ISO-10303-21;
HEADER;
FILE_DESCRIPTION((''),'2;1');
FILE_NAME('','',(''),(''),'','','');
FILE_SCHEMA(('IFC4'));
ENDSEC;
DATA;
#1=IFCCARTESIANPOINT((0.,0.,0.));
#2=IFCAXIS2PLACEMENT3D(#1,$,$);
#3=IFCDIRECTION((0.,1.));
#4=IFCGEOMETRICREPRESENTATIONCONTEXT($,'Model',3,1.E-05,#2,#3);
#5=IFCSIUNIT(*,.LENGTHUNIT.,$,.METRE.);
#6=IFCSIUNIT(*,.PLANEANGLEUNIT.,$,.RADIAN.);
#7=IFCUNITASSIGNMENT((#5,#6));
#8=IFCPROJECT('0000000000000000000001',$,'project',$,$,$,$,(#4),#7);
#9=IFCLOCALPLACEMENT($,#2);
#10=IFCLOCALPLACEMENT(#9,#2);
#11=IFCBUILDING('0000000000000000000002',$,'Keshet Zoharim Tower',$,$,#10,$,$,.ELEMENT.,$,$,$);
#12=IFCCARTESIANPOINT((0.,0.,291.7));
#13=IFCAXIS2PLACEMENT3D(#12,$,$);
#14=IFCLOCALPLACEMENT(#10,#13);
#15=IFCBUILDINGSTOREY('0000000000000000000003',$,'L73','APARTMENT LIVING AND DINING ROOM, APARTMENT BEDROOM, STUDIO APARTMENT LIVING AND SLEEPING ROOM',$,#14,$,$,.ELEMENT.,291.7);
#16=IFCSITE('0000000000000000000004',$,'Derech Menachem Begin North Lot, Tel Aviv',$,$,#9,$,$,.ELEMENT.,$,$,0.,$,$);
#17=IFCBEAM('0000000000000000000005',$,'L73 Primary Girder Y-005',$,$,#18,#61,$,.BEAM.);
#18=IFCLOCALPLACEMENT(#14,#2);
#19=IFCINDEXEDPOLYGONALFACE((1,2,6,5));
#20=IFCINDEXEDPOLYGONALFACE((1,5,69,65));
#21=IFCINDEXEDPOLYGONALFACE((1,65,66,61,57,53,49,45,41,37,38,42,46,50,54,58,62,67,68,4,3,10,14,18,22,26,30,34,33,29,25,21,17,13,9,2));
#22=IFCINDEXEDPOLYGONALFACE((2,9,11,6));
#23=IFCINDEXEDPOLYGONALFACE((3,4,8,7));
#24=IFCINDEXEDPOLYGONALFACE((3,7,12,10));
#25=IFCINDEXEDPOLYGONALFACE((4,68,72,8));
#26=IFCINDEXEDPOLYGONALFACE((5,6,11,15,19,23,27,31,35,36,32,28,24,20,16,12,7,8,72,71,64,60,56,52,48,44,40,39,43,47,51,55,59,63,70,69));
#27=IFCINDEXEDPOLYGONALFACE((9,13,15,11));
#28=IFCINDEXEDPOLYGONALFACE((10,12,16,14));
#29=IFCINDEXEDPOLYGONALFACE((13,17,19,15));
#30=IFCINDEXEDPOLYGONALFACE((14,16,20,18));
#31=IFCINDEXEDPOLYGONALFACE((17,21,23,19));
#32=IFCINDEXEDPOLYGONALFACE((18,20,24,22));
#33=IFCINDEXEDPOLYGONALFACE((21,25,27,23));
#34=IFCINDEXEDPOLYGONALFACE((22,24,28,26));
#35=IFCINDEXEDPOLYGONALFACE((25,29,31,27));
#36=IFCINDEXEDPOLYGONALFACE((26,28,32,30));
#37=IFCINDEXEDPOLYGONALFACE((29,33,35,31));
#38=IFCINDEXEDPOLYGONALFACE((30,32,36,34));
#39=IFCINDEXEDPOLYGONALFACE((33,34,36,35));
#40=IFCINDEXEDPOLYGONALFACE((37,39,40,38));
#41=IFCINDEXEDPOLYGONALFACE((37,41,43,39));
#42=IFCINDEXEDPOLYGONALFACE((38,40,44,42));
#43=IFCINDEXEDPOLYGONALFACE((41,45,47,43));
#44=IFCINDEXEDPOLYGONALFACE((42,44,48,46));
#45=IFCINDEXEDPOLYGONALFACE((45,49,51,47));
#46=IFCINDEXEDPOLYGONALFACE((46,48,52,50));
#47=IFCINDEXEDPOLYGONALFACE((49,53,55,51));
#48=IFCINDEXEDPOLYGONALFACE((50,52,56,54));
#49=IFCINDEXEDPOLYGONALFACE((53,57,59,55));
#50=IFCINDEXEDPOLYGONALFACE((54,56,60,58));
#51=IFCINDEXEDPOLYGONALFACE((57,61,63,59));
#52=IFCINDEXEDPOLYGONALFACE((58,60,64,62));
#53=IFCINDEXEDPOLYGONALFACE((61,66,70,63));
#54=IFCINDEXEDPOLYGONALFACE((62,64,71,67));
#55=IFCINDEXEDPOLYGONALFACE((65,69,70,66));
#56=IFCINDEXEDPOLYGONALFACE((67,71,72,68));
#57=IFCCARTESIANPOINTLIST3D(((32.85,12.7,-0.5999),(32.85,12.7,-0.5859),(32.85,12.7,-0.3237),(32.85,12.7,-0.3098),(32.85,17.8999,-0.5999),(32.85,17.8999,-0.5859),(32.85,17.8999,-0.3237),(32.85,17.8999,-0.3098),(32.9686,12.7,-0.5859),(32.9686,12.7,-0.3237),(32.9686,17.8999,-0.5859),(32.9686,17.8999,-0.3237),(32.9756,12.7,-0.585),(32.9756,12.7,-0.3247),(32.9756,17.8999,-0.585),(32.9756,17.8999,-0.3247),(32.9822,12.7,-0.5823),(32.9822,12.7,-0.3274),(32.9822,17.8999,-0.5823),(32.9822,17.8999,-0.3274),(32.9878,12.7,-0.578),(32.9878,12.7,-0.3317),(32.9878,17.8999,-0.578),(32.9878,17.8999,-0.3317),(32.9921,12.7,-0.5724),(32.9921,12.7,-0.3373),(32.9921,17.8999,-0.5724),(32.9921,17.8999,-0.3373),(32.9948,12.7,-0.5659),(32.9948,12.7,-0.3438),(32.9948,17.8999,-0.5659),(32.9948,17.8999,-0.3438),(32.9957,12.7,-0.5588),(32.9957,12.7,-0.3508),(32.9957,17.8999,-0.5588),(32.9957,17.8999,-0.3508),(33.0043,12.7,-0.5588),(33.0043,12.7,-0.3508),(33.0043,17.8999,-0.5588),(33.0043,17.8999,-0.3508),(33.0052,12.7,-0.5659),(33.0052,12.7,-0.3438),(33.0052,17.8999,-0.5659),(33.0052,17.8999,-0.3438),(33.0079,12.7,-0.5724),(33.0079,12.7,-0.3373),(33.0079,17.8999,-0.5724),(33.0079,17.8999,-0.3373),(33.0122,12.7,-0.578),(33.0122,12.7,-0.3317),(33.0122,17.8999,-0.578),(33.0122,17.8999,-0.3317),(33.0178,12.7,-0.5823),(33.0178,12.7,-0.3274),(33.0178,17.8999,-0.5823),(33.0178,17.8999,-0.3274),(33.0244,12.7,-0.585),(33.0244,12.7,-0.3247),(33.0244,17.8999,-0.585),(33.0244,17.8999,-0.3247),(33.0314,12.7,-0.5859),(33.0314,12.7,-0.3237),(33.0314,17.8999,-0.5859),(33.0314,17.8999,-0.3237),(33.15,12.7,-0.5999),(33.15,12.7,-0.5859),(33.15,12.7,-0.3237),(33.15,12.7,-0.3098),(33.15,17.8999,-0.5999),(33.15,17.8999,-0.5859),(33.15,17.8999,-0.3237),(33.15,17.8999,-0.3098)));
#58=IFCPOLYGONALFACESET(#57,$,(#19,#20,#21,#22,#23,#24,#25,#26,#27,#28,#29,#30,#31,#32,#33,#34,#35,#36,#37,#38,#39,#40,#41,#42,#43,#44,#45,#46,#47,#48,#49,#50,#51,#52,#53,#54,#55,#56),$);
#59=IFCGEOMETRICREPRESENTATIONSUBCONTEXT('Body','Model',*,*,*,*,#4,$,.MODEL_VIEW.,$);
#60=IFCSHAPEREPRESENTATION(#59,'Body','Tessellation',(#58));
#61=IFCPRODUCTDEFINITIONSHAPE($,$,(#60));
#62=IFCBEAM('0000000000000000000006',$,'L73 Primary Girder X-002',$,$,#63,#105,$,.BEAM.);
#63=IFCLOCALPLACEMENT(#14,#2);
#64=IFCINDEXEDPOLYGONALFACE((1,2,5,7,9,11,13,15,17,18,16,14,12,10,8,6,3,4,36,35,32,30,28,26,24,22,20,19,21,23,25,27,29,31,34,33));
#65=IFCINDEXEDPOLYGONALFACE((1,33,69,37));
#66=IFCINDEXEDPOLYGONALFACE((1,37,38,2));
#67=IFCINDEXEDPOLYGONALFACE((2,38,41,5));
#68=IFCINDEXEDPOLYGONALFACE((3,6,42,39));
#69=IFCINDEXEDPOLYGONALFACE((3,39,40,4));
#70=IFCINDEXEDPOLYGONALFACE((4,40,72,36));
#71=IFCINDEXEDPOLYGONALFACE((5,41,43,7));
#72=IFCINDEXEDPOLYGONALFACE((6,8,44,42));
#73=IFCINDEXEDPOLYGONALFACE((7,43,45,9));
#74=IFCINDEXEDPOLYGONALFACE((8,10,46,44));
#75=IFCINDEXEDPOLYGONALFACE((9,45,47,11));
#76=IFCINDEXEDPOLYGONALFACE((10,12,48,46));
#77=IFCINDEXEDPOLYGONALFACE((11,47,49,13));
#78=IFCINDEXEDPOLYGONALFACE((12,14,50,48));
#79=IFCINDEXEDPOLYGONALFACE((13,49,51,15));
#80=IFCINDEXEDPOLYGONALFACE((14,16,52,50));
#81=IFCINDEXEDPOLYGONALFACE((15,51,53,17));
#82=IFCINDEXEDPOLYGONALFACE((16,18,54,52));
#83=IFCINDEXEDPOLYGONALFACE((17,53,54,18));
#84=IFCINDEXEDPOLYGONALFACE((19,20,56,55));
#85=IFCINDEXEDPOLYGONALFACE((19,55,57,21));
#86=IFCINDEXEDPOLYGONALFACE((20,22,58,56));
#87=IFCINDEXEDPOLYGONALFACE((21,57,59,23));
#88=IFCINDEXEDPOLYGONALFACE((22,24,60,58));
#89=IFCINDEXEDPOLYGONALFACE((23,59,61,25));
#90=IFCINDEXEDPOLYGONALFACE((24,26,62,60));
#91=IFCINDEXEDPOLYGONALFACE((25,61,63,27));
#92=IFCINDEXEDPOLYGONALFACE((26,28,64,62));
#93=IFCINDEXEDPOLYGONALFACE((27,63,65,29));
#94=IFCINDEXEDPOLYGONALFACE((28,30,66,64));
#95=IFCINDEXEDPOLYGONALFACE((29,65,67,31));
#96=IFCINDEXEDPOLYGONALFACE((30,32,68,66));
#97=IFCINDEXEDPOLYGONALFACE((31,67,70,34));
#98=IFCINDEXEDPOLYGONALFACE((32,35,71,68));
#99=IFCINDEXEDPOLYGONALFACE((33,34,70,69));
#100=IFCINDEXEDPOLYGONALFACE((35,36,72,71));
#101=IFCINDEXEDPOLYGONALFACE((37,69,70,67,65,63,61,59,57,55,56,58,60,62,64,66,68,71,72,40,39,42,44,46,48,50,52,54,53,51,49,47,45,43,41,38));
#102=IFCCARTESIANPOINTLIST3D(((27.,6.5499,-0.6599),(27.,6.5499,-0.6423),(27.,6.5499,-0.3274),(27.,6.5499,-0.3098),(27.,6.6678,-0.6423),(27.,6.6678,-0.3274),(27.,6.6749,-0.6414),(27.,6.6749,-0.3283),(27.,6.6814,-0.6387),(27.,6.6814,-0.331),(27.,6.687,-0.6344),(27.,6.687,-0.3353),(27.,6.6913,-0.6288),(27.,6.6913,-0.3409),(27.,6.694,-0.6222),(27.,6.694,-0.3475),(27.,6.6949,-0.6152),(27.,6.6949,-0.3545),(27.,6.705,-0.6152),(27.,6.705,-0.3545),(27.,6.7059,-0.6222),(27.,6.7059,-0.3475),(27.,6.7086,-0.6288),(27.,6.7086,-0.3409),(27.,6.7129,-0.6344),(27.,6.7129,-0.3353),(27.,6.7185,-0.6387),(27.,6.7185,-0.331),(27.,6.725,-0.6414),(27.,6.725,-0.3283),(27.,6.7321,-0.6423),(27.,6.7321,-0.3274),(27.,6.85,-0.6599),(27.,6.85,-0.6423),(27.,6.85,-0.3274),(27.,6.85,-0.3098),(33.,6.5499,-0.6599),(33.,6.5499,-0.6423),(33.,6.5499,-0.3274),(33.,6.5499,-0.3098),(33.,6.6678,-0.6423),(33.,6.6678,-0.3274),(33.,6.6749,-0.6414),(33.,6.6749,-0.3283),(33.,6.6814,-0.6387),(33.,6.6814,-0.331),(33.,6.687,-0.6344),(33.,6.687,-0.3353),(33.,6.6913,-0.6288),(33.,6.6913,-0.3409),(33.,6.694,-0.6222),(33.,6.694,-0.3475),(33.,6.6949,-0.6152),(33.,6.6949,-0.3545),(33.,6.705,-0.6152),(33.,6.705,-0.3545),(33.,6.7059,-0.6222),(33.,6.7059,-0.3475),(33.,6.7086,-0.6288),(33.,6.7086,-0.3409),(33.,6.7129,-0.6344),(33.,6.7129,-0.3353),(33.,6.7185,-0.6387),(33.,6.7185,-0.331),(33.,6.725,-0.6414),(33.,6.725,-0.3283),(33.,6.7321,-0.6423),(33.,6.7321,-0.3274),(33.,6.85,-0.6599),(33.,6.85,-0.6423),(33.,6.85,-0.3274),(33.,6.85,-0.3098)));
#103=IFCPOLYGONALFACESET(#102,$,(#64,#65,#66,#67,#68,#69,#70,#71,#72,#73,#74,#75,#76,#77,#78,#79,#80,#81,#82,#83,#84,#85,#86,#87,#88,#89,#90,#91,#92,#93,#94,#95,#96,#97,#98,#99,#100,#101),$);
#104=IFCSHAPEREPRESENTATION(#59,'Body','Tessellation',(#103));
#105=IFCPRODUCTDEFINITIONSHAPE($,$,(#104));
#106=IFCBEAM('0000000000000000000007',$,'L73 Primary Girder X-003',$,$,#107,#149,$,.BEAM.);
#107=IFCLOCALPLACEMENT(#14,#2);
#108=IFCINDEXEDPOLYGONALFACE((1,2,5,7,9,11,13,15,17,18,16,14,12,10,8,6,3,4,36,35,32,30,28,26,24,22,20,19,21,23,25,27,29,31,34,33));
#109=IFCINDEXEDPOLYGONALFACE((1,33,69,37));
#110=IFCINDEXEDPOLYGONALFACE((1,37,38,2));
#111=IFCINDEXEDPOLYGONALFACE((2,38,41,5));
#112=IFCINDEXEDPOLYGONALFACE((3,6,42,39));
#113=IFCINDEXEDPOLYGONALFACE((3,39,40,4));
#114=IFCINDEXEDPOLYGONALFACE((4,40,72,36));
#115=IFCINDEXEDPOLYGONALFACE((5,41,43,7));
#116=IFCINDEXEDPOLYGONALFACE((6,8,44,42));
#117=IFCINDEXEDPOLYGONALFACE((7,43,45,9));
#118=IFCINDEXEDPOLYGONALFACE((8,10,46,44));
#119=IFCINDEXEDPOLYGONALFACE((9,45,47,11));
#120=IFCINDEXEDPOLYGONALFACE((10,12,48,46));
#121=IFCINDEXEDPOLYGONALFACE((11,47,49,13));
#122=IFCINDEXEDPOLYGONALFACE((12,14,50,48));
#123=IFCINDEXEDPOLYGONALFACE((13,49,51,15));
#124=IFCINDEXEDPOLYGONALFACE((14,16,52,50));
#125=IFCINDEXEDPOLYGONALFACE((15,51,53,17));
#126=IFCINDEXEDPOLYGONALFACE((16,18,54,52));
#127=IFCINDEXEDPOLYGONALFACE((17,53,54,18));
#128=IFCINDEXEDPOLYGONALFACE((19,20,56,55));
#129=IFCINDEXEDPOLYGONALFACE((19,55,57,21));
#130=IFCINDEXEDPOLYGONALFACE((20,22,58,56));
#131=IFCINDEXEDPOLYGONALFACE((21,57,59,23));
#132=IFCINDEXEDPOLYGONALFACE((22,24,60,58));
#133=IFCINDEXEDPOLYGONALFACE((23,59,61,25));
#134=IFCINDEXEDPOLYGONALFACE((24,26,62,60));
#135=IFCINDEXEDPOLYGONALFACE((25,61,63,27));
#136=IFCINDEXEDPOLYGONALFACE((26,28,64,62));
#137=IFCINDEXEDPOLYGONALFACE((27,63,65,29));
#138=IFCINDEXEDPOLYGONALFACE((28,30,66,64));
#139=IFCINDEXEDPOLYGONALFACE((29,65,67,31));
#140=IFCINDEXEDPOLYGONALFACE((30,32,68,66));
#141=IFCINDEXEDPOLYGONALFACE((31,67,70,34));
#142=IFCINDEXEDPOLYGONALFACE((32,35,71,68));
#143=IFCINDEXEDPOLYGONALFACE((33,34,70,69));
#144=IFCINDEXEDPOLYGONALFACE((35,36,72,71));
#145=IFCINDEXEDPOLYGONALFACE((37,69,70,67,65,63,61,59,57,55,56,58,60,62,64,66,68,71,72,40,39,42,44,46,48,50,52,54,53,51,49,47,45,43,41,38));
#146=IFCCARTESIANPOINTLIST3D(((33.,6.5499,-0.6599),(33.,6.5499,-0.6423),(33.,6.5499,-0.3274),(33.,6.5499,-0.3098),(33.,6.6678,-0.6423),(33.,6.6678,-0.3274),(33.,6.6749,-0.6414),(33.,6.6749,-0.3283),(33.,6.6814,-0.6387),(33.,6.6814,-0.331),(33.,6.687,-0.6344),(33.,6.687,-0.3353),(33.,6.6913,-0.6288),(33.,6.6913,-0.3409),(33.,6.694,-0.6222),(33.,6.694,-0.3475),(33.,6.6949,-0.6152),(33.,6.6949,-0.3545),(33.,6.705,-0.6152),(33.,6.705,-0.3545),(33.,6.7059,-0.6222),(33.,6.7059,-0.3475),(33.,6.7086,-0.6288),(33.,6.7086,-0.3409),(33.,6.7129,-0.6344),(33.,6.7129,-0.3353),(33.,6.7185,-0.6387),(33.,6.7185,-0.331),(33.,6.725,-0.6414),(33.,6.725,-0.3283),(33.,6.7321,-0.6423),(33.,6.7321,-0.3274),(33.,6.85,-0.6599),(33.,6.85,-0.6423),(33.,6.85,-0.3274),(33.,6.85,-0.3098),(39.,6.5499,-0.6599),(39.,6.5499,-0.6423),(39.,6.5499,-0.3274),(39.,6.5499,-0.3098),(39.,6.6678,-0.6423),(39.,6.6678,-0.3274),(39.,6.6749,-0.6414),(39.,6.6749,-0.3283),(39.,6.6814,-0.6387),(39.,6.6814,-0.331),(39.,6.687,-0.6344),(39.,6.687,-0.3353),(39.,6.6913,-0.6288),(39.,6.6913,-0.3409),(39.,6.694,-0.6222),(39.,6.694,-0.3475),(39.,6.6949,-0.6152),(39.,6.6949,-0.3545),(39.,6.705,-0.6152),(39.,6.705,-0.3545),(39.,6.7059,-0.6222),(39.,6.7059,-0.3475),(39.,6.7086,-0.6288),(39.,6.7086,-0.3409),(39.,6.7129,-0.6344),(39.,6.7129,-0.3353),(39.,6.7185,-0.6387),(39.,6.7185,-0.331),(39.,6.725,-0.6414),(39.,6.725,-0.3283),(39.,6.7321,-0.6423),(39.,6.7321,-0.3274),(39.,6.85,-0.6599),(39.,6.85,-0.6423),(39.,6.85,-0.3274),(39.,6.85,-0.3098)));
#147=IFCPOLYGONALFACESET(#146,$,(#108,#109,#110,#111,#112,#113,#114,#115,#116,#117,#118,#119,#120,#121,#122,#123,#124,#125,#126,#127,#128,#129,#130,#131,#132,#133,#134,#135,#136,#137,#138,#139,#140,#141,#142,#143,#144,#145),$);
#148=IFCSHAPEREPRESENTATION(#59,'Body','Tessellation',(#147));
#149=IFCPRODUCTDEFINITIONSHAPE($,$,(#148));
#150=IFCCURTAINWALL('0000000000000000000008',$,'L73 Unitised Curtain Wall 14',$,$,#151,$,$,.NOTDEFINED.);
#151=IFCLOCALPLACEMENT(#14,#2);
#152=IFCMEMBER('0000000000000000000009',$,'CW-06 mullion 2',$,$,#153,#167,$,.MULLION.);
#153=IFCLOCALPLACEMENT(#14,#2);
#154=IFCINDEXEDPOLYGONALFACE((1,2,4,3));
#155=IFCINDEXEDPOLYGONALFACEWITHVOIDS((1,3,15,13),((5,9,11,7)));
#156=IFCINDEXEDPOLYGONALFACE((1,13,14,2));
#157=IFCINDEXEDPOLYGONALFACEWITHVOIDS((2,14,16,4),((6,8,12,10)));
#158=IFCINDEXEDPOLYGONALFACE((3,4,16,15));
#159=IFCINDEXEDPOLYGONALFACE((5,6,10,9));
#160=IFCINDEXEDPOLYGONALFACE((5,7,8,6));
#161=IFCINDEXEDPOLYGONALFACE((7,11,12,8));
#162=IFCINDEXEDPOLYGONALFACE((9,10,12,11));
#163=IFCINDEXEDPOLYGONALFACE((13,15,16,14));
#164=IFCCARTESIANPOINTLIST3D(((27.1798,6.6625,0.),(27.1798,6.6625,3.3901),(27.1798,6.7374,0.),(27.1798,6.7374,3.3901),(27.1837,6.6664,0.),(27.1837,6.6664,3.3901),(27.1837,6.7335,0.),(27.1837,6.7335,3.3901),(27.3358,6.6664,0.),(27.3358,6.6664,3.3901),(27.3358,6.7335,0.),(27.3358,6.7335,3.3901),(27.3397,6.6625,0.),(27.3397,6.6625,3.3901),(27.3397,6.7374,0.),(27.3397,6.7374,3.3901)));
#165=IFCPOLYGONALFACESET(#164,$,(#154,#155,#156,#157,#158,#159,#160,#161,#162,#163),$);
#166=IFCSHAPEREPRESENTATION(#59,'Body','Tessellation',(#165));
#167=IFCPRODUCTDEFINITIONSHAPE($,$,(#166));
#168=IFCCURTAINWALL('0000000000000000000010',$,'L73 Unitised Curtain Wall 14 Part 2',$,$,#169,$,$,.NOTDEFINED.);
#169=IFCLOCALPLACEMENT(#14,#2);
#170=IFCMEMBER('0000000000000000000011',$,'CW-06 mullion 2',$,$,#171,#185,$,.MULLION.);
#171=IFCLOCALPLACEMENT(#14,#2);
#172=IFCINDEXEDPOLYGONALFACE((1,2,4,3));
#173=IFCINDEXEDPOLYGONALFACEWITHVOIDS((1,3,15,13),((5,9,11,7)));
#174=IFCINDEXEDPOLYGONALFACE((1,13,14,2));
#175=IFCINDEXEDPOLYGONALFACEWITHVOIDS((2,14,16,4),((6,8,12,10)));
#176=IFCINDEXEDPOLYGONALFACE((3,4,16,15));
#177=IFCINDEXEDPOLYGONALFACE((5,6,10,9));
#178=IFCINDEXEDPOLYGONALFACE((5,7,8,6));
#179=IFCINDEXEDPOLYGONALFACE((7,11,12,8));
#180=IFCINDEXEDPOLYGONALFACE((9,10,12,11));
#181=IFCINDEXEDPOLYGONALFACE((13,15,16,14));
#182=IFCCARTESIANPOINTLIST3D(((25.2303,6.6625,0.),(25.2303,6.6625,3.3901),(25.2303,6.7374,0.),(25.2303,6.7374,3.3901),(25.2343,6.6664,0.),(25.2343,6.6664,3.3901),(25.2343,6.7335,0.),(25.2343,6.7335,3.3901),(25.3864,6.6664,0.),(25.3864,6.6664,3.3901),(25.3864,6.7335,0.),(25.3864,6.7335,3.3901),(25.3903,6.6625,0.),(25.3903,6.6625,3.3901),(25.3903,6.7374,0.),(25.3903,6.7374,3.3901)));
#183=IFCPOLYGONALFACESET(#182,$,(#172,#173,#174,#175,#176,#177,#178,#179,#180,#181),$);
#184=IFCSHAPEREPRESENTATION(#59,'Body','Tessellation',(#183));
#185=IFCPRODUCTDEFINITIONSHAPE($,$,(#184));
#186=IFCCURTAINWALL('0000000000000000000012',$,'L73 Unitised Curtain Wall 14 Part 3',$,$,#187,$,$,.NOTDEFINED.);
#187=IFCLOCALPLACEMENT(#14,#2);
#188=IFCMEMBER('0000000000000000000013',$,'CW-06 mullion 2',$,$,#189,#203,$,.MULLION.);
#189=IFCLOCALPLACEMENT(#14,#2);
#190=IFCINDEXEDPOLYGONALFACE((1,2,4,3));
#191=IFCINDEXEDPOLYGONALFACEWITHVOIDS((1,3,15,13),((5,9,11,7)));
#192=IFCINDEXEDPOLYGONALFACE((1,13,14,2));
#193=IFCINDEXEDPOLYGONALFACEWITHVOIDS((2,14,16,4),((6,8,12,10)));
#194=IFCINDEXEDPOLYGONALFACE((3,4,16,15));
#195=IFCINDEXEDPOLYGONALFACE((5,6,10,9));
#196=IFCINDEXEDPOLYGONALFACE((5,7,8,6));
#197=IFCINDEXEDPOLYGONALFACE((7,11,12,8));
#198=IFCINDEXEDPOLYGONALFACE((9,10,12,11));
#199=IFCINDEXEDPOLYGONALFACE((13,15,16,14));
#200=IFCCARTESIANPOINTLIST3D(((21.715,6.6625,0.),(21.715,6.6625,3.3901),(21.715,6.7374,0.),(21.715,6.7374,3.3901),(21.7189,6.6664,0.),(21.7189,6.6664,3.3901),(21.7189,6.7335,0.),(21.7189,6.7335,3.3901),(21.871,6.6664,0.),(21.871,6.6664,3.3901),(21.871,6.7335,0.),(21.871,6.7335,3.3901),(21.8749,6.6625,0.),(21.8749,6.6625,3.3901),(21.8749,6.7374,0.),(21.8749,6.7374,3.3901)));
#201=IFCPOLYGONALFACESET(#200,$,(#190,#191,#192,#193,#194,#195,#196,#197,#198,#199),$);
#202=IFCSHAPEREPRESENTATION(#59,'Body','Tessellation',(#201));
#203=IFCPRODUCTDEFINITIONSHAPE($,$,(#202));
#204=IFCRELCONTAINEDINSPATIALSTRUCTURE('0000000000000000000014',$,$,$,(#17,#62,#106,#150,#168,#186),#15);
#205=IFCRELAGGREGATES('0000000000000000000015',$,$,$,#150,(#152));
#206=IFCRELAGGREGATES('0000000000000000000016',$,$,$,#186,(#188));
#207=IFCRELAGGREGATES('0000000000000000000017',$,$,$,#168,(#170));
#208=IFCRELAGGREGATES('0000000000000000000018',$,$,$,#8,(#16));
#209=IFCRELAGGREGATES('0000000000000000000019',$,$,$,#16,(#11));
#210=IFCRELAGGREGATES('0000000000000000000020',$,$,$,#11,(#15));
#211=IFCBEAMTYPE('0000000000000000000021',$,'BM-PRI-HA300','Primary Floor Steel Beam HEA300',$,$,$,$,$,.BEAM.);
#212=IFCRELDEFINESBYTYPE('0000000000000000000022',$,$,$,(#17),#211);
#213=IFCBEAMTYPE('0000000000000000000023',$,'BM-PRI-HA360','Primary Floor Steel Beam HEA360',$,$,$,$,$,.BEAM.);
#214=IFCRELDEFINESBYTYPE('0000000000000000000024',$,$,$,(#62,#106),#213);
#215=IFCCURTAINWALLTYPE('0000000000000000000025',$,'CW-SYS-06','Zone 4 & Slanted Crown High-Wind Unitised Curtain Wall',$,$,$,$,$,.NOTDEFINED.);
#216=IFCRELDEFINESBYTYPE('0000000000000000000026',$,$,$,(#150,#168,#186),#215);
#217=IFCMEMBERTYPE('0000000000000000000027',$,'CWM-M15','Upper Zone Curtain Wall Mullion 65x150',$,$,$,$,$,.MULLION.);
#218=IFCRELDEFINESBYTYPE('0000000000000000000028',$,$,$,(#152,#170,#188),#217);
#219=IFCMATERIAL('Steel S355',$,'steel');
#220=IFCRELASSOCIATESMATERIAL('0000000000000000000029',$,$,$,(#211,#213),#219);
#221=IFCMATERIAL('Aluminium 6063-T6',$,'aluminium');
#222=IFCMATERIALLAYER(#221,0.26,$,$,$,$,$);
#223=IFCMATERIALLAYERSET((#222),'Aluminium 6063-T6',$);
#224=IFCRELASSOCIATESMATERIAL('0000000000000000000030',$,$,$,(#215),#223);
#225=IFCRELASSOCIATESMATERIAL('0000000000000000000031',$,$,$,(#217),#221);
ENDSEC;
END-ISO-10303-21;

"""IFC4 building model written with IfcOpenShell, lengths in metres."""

from ifc_helpers import new_model, si_unit, direction, frame, origin, origin_2d, place, context, subcontext, project, spatial, hollow_rectangle, i_section, extrude, material, layer, layer_set, material_profile, profile_set, type_object, element, aggregate, save


model = new_model("IFC4")

# Units and contexts
model_context = context("Model", 3, precision=1e-05, world=origin(), true_north=direction((0.0, 1.0)))
body_context = subcontext(model_context, "Body", "Model", "MODEL_VIEW")
ifc_project = project(units=[si_unit("LENGTHUNIT", "METRE"), si_unit("PLANEANGLEUNIT", "RADIAN")], contexts=[model_context])

# Site, building, storey
site_placement = place(None, origin())
site = spatial("IfcSite", under=ifc_project, at=site_placement, Name="Derech Menachem Begin North Lot, Tel Aviv", CompositionType="ELEMENT", RefElevation=0.0)
building_placement = place(site_placement, origin())
building = spatial("IfcBuilding", under=site, at=building_placement, Name="Keshet Zoharim Tower", CompositionType="ELEMENT")
storey_placement = place(building_placement, frame((0.0, 0.0, 291.7)))
storey = spatial("IfcBuildingStorey", under=building, at=storey_placement, Name="L73", Description="APARTMENT LIVING AND DINING ROOM, APARTMENT BEDROOM, STUDIO APARTMENT LIVING AND SLEEPING ROOM", CompositionType="ELEMENT", Elevation=291.7)

# Shared definitions
ifc_material_1 = material(Name="Steel S355", Category="steel")

# Beams
ifc_material_profile_1 = material_profile(ifc_material_1, i_section(OverallWidth=0.3, OverallDepth=0.29, WebThickness=0.0085, FlangeThickness=0.0139, FilletRadius=0.0271, at=origin_2d()), Name="HEA300")
ifc_profile_set_1 = profile_set([ifc_material_profile_1], Name="Steel S355")
beam_type_1 = type_object("IfcBeamType", Name="BM-PRI-HA300", Description="Primary Floor Steel Beam HEA300", PredefinedType="BEAM", material=ifc_profile_set_1)
beam_1_placement = place(storey_placement, frame((33.0, 12.7, -0.4548), z_axis=(0.0, 1.0, 0.0), x_axis=(-1.0, 0.0, 0.0)))
element("IfcBeam", 1, at=beam_1_placement, inside=storey, type_object=beam_type_1, Name="L73 Primary Girder Y-005", PredefinedType="BEAM", context=body_context, shape_type="SweptSolid", body=[
    extrude(i_section(OverallWidth=0.3, OverallDepth=0.29, WebThickness=0.0085, FlangeThickness=0.0139, FilletRadius=0.0271, at=origin_2d()), origin(), (0.0, 0.0, 1.0), 5.2),
])
ifc_material_profile_2 = material_profile(ifc_material_1, i_section(OverallWidth=0.3, OverallDepth=0.3501, WebThickness=0.01, FlangeThickness=0.0176, FilletRadius=0.0271, at=origin_2d()), Name="HEA360")
ifc_profile_set_2 = profile_set([ifc_material_profile_2], Name="Steel S355")
beam_type_2 = type_object("IfcBeamType", Name="BM-PRI-HA360", Description="Primary Floor Steel Beam HEA360", PredefinedType="BEAM", material=ifc_profile_set_2)
for number, where, z_axis, x_axis, name in (
    (2, (27.0, 6.7, -0.4849), (1.0, 0.0, 0.0), (0.0, 1.0, 0.0), "L73 Primary Girder X-002"),
    (3, (33.0, 6.7, -0.4849), (1.0, 0.0, 0.0), (0.0, 1.0, 0.0), "L73 Primary Girder X-003"),
):
    element("IfcBeam", number, at=place(storey_placement, frame(where, z_axis=z_axis, x_axis=x_axis)), inside=storey, type_object=beam_type_2, Name=name, PredefinedType="BEAM", context=body_context, shape_type="SweptSolid", body=[
        extrude(i_section(OverallWidth=0.3, OverallDepth=0.3501, WebThickness=0.01, FlangeThickness=0.0176, FilletRadius=0.0271, at=origin_2d()), origin(), (0.0, 0.0, 1.0), 6.0),
    ])

# Curtain walls, members
ifc_material_2 = material(Name="Aluminium 6063-T6", Category="aluminium")
ifc_layer_1 = layer(ifc_material_2, 0.26)
ifc_layer_set_1 = layer_set([ifc_layer_1], Name="Aluminium 6063-T6")
curtain_wall_type = type_object("IfcCurtainWallType", Name="CW-SYS-06", Description="Zone 4 & Slanted Crown High-Wind Unitised Curtain Wall", PredefinedType="NOTDEFINED", material=ifc_layer_set_1)
curtain_wall_1_placement = place(storey_placement, origin())
curtain_wall_1 = element("IfcCurtainWall", 4, at=curtain_wall_1_placement, inside=storey, type_object=curtain_wall_type, Name="L73 Unitised Curtain Wall 14", PredefinedType="NOTDEFINED")
ifc_material_profile_3 = material_profile(ifc_material_2, hollow_rectangle(XDim=0.075, YDim=0.1599, WallThickness=0.0039, at=origin_2d()), Name="MUL-75x160")
ifc_profile_set_3 = profile_set([ifc_material_profile_3], Name="Aluminium 6063-T6")
member_type_1 = type_object("IfcMemberType", Name="CWM-M15", Description="Upper Zone Curtain Wall Mullion 65x150", PredefinedType="MULLION", material=ifc_profile_set_3)
member_1_placement = place(storey_placement, frame((27.2598, 6.7, 0.0), z_axis=(0.0, 0.0, 1.0), x_axis=(0.0, -1.0, 0.0)))
member_1 = element("IfcMember", 5, at=member_1_placement, type_object=member_type_1, Name="CW-06 mullion 2", PredefinedType="MULLION", context=body_context, shape_type="SweptSolid", body=[
    extrude(hollow_rectangle(XDim=0.075, YDim=0.1599, WallThickness=0.0039, at=origin_2d()), origin(), (0.0, 0.0, 1.0), 3.3901),
])
aggregate(curtain_wall_1, [member_1])
curtain_wall_2_placement = place(storey_placement, origin())
curtain_wall_2 = element("IfcCurtainWall", 6, at=curtain_wall_2_placement, inside=storey, type_object=curtain_wall_type, Name="L73 Unitised Curtain Wall 14 Part 2", PredefinedType="NOTDEFINED")
member_2_placement = place(storey_placement, frame((25.3103, 6.7, 0.0), z_axis=(0.0, 0.0, 1.0), x_axis=(0.0, -1.0, 0.0)))
member_2 = element("IfcMember", 7, at=member_2_placement, type_object=member_type_1, Name="CW-06 mullion 2", PredefinedType="MULLION", context=body_context, shape_type="SweptSolid", body=[
    extrude(hollow_rectangle(XDim=0.075, YDim=0.1599, WallThickness=0.0039, at=origin_2d()), origin(), (0.0, 0.0, 1.0), 3.3901),
])
curtain_wall_3_placement = place(storey_placement, origin())
curtain_wall_3 = element("IfcCurtainWall", 8, at=curtain_wall_3_placement, inside=storey, type_object=curtain_wall_type, Name="L73 Unitised Curtain Wall 14 Part 3", PredefinedType="NOTDEFINED")
member_3_placement = place(storey_placement, frame((21.7949, 6.7, 0.0), z_axis=(0.0, 0.0, 1.0), x_axis=(0.0, -1.0, 0.0)))
member_3 = element("IfcMember", 9, at=member_3_placement, type_object=member_type_1, Name="CW-06 mullion 2", PredefinedType="MULLION", context=body_context, shape_type="SweptSolid", body=[
    extrude(hollow_rectangle(XDim=0.075, YDim=0.1599, WallThickness=0.0039, at=origin_2d()), origin(), (0.0, 0.0, 1.0), 3.3901),
])

aggregate(curtain_wall_3, [member_3])
aggregate(curtain_wall_2, [member_2])

save(model, "model.ifc")
